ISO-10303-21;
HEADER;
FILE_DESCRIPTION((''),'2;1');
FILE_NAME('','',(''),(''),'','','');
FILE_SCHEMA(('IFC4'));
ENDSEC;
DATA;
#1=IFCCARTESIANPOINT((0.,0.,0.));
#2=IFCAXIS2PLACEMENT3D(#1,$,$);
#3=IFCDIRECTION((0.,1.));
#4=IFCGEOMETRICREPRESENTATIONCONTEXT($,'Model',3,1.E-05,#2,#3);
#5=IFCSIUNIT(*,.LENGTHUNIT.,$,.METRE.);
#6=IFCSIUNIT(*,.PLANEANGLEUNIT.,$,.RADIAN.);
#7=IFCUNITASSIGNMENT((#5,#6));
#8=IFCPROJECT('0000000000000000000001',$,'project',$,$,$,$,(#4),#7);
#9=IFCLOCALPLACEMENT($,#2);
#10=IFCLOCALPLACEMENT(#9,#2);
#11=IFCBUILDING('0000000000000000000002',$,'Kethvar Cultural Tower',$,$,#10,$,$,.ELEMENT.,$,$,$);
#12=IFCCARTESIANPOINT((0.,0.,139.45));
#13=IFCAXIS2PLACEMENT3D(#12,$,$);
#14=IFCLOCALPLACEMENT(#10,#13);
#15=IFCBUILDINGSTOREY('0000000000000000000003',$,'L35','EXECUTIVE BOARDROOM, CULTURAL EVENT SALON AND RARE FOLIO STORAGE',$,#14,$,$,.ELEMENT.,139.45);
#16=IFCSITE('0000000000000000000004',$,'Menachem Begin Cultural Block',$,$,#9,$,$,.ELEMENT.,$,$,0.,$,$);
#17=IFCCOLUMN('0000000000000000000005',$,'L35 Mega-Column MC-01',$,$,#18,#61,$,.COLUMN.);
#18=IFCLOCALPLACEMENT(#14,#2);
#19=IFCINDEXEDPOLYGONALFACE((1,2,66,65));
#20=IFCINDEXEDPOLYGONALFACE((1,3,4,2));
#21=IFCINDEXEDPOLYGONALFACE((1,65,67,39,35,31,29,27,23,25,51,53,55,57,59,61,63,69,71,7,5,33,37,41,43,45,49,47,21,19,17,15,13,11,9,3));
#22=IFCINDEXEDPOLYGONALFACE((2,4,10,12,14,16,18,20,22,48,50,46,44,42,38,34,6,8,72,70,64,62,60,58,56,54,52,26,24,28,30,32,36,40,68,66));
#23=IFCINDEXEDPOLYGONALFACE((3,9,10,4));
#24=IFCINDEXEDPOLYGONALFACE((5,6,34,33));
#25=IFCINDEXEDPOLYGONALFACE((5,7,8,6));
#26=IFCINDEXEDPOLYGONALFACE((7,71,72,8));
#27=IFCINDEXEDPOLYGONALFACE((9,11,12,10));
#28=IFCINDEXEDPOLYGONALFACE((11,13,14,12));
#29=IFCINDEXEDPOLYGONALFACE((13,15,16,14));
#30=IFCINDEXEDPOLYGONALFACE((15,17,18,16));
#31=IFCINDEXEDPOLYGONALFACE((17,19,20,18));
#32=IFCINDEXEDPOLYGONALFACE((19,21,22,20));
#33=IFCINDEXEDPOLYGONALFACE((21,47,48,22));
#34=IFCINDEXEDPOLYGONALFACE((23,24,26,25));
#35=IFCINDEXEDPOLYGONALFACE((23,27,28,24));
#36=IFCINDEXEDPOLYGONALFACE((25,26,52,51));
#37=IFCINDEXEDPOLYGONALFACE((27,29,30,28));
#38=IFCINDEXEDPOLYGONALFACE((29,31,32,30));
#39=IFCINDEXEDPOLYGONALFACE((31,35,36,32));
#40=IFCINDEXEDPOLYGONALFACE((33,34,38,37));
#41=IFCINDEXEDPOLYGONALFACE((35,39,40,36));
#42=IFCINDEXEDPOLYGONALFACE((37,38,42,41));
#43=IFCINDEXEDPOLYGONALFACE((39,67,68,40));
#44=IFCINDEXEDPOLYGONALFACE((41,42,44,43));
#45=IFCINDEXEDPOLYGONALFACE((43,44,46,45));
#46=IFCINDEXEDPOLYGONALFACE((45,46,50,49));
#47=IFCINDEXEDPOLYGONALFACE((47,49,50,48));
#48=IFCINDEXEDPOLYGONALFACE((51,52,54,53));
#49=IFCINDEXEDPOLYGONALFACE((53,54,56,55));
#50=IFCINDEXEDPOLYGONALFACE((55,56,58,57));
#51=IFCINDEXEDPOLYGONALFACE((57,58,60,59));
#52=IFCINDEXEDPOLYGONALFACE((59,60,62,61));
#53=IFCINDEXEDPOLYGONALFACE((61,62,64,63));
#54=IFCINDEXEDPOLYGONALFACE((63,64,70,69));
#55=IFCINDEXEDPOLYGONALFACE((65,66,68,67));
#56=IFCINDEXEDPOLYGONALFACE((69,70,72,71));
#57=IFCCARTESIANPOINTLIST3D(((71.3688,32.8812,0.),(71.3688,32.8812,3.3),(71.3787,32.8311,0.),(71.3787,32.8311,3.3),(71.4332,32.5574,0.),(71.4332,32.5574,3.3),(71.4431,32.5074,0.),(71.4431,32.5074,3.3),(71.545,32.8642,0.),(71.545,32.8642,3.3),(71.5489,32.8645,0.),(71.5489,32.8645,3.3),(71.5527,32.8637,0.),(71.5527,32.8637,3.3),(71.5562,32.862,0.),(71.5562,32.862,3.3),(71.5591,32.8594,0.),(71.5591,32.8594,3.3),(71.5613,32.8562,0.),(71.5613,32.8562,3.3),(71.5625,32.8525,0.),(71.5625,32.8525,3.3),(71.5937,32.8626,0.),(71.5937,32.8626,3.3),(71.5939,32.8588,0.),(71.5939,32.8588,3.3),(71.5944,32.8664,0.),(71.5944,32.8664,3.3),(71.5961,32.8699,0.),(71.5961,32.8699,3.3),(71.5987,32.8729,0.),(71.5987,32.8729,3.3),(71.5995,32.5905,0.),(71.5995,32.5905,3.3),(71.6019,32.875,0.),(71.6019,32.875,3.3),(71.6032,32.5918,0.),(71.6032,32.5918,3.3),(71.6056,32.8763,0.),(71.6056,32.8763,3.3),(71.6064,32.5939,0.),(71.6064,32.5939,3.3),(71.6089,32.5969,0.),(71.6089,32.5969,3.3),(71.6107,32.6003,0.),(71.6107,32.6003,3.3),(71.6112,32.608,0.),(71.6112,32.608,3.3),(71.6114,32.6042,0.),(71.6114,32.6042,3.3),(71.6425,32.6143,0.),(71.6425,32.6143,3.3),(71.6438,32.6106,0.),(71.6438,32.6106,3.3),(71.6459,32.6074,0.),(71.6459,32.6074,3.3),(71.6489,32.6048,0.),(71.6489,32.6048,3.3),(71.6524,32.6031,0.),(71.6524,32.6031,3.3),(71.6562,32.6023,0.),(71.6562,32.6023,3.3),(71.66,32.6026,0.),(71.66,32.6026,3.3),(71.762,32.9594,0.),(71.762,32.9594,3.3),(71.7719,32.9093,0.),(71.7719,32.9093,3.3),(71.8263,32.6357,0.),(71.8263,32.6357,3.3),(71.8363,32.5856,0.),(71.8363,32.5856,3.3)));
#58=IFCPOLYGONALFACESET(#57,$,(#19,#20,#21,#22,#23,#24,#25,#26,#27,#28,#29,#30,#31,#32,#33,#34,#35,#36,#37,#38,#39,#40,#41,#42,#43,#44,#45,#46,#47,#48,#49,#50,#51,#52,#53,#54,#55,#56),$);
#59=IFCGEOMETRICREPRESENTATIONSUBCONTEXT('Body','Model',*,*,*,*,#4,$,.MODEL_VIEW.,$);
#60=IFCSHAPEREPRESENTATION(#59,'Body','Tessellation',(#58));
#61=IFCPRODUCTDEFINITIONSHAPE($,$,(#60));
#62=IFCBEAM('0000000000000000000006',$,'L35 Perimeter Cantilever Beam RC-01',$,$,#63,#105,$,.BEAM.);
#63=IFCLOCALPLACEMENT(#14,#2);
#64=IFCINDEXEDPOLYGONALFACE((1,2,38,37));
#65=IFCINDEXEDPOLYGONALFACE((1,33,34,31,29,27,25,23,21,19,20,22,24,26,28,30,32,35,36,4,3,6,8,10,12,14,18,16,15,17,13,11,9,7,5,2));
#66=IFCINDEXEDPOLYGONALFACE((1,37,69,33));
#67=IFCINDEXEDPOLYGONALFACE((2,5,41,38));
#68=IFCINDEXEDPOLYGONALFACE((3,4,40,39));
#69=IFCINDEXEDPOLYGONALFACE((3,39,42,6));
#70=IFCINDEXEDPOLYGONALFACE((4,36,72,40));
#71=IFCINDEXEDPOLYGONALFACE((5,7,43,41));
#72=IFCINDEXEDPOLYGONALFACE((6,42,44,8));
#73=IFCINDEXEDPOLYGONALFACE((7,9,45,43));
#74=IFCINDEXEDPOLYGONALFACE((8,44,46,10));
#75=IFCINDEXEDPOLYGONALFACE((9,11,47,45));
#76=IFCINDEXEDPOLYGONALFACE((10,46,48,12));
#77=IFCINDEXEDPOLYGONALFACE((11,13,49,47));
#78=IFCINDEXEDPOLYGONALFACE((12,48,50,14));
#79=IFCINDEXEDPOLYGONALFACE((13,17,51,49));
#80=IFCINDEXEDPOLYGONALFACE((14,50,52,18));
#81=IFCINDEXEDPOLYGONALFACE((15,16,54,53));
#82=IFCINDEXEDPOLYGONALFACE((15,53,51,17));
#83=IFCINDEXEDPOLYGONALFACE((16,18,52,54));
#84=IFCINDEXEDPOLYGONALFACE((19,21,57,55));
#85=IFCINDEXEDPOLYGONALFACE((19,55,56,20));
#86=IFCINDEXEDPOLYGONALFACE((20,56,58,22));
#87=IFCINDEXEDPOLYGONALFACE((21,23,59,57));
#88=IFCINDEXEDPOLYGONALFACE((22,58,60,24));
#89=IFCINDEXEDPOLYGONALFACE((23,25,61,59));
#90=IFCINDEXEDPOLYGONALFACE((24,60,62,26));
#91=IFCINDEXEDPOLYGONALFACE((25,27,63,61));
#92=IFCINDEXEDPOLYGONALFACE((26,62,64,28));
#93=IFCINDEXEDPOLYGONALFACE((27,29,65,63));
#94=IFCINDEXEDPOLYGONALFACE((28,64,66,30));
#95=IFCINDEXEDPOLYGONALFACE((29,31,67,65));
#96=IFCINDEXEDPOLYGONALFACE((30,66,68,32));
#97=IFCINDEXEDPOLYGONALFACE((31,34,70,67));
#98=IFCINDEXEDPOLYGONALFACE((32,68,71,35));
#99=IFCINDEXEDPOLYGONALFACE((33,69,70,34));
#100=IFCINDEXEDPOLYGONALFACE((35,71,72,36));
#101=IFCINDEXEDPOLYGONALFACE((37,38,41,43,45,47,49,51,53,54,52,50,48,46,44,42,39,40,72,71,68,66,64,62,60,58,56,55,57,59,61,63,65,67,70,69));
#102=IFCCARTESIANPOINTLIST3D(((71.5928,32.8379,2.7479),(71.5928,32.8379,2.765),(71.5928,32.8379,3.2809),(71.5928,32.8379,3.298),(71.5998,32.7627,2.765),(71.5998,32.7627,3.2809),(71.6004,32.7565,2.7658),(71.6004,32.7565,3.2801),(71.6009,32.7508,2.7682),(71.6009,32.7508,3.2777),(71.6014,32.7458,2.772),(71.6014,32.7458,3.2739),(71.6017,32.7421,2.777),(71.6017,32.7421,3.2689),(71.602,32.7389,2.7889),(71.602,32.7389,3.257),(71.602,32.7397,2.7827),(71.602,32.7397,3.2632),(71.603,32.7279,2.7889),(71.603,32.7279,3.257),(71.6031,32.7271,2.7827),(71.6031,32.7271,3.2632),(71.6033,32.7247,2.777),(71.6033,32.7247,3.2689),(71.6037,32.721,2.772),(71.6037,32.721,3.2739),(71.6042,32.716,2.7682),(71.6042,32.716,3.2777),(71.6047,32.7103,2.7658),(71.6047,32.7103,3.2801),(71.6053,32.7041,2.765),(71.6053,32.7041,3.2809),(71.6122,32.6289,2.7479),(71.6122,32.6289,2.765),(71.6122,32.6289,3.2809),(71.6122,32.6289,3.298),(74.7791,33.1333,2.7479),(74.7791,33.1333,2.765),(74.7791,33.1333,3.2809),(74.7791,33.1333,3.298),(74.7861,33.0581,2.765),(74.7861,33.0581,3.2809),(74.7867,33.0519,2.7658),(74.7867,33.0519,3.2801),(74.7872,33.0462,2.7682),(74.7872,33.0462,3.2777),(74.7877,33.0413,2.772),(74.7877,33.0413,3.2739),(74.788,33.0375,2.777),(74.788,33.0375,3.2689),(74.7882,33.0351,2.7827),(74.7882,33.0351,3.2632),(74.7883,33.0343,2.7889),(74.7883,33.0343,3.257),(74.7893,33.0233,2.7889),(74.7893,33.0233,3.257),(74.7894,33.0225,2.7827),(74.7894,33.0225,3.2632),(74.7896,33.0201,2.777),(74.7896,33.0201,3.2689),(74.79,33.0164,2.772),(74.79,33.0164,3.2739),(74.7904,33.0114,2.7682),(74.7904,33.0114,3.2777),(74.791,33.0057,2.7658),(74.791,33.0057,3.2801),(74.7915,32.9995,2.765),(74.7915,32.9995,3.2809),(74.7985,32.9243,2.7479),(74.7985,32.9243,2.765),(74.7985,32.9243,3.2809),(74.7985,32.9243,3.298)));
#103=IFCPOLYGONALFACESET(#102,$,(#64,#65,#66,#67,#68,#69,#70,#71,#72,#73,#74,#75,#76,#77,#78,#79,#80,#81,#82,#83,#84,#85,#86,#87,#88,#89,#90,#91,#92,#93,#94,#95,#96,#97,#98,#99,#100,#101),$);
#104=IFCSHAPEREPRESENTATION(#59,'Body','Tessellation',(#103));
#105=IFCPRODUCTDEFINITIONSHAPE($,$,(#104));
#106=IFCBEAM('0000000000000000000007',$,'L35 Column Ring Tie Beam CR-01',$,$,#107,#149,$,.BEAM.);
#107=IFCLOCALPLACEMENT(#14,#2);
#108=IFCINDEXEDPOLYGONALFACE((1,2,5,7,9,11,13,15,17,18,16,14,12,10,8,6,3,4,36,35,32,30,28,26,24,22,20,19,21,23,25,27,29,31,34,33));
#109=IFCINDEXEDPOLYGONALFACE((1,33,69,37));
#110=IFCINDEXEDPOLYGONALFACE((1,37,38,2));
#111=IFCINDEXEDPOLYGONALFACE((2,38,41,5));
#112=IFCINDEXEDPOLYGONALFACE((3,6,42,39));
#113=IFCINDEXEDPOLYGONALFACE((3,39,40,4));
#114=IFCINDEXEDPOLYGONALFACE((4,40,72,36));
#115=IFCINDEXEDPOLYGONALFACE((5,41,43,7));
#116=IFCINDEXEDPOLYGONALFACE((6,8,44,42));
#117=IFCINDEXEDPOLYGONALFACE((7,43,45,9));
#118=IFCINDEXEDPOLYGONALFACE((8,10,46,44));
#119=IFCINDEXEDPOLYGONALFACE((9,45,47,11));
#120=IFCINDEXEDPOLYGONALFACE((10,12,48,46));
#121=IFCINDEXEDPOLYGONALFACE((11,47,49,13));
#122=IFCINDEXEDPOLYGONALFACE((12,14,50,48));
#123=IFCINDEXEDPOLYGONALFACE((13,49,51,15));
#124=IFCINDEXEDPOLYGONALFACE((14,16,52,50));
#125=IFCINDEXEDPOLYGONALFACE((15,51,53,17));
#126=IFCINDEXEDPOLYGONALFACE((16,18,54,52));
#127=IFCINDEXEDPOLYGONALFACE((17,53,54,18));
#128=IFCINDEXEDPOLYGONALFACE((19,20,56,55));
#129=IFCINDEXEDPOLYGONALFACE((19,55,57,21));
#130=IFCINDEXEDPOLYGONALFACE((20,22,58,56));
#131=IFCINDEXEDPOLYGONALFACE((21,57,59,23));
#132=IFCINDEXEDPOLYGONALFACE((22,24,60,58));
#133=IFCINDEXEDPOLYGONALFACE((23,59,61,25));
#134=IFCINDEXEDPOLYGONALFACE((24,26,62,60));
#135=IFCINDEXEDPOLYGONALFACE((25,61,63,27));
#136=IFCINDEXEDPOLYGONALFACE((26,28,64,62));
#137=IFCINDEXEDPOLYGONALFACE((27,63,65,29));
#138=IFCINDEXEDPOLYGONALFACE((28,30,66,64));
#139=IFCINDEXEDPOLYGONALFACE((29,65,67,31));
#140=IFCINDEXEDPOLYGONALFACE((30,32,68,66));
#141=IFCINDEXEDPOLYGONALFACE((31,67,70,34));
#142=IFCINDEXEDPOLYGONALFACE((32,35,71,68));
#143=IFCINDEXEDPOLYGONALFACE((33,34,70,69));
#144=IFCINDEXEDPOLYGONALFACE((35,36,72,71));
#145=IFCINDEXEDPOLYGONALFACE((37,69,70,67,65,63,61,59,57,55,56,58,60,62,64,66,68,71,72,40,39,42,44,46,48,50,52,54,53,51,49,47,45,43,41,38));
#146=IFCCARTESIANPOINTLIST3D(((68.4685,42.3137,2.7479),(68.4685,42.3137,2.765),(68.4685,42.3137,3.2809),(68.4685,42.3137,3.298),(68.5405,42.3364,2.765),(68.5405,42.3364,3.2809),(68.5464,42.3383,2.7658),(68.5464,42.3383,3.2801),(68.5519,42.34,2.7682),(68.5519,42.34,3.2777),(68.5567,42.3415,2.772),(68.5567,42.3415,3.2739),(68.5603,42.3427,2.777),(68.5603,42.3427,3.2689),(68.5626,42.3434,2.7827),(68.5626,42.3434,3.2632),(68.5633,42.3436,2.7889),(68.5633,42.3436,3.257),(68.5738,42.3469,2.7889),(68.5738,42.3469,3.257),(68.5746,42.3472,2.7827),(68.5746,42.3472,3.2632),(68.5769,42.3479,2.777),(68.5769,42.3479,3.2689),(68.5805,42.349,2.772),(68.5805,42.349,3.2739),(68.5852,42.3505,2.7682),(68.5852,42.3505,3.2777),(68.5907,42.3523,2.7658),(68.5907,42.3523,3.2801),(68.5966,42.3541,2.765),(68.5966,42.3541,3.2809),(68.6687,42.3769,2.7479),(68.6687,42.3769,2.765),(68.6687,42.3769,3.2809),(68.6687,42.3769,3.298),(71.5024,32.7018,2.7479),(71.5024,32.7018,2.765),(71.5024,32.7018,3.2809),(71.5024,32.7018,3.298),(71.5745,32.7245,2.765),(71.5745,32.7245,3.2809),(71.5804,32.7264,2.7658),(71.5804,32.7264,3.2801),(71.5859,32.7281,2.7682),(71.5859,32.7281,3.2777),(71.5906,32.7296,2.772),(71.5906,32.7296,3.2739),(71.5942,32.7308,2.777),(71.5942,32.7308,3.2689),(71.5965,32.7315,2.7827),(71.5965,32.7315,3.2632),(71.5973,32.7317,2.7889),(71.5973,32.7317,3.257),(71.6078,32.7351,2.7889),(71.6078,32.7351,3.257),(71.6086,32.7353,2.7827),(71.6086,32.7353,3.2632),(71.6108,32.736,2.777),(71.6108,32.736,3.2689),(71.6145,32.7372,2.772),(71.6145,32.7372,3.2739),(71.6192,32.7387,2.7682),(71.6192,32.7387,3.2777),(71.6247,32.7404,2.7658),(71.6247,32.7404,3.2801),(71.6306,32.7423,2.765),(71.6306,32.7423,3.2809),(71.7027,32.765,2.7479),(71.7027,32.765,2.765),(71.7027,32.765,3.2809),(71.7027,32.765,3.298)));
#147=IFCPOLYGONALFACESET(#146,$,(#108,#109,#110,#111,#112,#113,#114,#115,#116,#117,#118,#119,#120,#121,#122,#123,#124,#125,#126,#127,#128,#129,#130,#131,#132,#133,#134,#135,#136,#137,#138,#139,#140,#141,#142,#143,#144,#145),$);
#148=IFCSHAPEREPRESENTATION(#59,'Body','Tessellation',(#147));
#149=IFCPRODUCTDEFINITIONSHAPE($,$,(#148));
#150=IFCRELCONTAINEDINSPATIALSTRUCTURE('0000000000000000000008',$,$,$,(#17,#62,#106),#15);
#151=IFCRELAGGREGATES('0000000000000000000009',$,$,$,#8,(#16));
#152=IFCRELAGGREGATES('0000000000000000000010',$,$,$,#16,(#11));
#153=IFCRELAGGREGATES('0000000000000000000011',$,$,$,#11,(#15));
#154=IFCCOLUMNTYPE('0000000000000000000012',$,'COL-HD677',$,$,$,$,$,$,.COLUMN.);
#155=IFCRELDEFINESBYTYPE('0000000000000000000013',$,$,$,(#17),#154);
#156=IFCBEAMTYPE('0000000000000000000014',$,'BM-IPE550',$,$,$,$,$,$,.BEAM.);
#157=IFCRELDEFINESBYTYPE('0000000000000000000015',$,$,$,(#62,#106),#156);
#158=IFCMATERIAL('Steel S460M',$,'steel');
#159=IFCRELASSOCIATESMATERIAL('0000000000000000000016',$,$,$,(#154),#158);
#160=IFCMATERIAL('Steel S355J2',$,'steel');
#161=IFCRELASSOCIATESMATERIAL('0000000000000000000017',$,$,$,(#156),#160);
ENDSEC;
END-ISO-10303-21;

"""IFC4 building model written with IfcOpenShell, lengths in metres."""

from ifc_helpers import new_model, si_unit, direction, frame, origin, origin_2d, place, context, subcontext, project, spatial, i_section, extrude, source, transform, mapped, material, material_profile, profile_set, type_object, element, save


model = new_model("IFC4")

# Units and contexts
model_context = context("Model", 3, precision=1e-05, world=origin(), true_north=direction((0.0, 1.0)))
body_context = subcontext(model_context, "Body", "Model", "MODEL_VIEW")
ifc_project = project(units=[si_unit("LENGTHUNIT", "METRE"), si_unit("PLANEANGLEUNIT", "RADIAN")], contexts=[model_context])

# Site, building, storey
site_placement = place(None, origin())
site = spatial("IfcSite", under=ifc_project, at=site_placement, Name="Menachem Begin Cultural Block", CompositionType="ELEMENT", RefElevation=0.0)
building_placement = place(site_placement, origin())
building = spatial("IfcBuilding", under=site, at=building_placement, Name="Kethvar Cultural Tower", CompositionType="ELEMENT")
storey_placement = place(building_placement, frame((0.0, 0.0, 139.45)))
storey = spatial("IfcBuildingStorey", under=building, at=storey_placement, Name="L35", Description="EXECUTIVE BOARDROOM, CULTURAL EVENT SALON AND RARE FOLIO STORAGE", CompositionType="ELEMENT", Elevation=139.45)

# Column
ifc_material_1 = material(Name="Steel S460M", Category="steel")
ifc_material_profile_1 = material_profile(ifc_material_1, i_section(OverallWidth=0.4009, OverallDepth=0.3811, WebThickness=0.032, FlangeThickness=0.051, FilletRadius=0.0149, at=origin_2d()), Name="Steel S460M — HD400x677")
ifc_profile_set_1 = profile_set([ifc_material_profile_1], Name="Steel S460M — HD400x677")
column_type = type_object("IfcColumnType", Name="COL-HD677", PredefinedType="COLUMN", material=ifc_profile_set_1)
shared_shape_1 = source(origin(), body_context, "Body", "SweptSolid", [
    extrude(i_section(OverallWidth=0.4009, OverallDepth=0.3811, WebThickness=0.032, FlangeThickness=0.051, FilletRadius=0.0149, at=origin_2d()), origin(), (0.0, 0.0, 1.0), 3.3),
])
column_placement = place(storey_placement, frame((71.6025, 32.7334, 0.0), z_axis=(0.0, 0.0, 1.0), x_axis=(0.980785, 0.19509, 0.0)))
element("IfcColumn", 1, at=column_placement, inside=storey, type_object=column_type, Name="L35 Mega-Column MC-01", PredefinedType="COLUMN", context=body_context, shape_type="MappedRepresentation", body=[
    mapped(shared_shape_1, transform((0.0, 0.0, 0.0), scale=1.0)),
])

# Beams
ifc_material_2 = material(Name="Steel S355J2", Category="steel")
ifc_material_profile_2 = material_profile(ifc_material_2, i_section(OverallWidth=0.21, OverallDepth=0.55, WebThickness=0.011, FlangeThickness=0.0171, FilletRadius=0.0239, at=origin_2d()), Name="Steel S355J2 — IPE550")
ifc_profile_set_2 = profile_set([ifc_material_profile_2], Name="Steel S355J2 — IPE550")
beam_type_1 = type_object("IfcBeamType", Name="BM-IPE550", PredefinedType="BEAM", material=ifc_profile_set_2)
shared_shape_2 = source(origin(), body_context, "Body", "SweptSolid", [
    extrude(i_section(OverallWidth=0.21, OverallDepth=0.55, WebThickness=0.011, FlangeThickness=0.0171, FilletRadius=0.0239, at=origin_2d()), origin(), (0.0, 0.0, 1.0), 3.2),
])
beam_1_placement = place(storey_placement, frame((71.6025, 32.7334, 3.0229), z_axis=(0.99573, 0.092317, 0.0), x_axis=(-0.092317, 0.99573, 0.0)))
element("IfcBeam", 2, at=beam_1_placement, inside=storey, type_object=beam_type_1, Name="L35 Perimeter Cantilever Beam RC-01", PredefinedType="BEAM", context=body_context, shape_type="MappedRepresentation", body=[
    mapped(shared_shape_2, transform((0.0, 0.0, 0.0), scale=1.0)),
])
shared_shape_3 = source(origin(), body_context, "Body", "SweptSolid", [
    extrude(i_section(OverallWidth=0.21, OverallDepth=0.55, WebThickness=0.011, FlangeThickness=0.0171, FilletRadius=0.0239, at=origin_2d()), origin(), (0.0, 0.0, 1.0), 10.0793),
])
beam_2_placement = place(storey_placement, frame((71.6025, 32.7334, 3.0229), z_axis=(-0.301007, 0.953622, 0.0), x_axis=(-0.953622, -0.301007, 0.0)))
element("IfcBeam", 3, at=beam_2_placement, inside=storey, type_object=beam_type_1, Name="L35 Column Ring Tie Beam CR-01", PredefinedType="BEAM", context=body_context, shape_type="MappedRepresentation", body=[
    mapped(shared_shape_3, transform((0.0, 0.0, 0.0), scale=1.0)),
])

save(model, "model.ifc")
